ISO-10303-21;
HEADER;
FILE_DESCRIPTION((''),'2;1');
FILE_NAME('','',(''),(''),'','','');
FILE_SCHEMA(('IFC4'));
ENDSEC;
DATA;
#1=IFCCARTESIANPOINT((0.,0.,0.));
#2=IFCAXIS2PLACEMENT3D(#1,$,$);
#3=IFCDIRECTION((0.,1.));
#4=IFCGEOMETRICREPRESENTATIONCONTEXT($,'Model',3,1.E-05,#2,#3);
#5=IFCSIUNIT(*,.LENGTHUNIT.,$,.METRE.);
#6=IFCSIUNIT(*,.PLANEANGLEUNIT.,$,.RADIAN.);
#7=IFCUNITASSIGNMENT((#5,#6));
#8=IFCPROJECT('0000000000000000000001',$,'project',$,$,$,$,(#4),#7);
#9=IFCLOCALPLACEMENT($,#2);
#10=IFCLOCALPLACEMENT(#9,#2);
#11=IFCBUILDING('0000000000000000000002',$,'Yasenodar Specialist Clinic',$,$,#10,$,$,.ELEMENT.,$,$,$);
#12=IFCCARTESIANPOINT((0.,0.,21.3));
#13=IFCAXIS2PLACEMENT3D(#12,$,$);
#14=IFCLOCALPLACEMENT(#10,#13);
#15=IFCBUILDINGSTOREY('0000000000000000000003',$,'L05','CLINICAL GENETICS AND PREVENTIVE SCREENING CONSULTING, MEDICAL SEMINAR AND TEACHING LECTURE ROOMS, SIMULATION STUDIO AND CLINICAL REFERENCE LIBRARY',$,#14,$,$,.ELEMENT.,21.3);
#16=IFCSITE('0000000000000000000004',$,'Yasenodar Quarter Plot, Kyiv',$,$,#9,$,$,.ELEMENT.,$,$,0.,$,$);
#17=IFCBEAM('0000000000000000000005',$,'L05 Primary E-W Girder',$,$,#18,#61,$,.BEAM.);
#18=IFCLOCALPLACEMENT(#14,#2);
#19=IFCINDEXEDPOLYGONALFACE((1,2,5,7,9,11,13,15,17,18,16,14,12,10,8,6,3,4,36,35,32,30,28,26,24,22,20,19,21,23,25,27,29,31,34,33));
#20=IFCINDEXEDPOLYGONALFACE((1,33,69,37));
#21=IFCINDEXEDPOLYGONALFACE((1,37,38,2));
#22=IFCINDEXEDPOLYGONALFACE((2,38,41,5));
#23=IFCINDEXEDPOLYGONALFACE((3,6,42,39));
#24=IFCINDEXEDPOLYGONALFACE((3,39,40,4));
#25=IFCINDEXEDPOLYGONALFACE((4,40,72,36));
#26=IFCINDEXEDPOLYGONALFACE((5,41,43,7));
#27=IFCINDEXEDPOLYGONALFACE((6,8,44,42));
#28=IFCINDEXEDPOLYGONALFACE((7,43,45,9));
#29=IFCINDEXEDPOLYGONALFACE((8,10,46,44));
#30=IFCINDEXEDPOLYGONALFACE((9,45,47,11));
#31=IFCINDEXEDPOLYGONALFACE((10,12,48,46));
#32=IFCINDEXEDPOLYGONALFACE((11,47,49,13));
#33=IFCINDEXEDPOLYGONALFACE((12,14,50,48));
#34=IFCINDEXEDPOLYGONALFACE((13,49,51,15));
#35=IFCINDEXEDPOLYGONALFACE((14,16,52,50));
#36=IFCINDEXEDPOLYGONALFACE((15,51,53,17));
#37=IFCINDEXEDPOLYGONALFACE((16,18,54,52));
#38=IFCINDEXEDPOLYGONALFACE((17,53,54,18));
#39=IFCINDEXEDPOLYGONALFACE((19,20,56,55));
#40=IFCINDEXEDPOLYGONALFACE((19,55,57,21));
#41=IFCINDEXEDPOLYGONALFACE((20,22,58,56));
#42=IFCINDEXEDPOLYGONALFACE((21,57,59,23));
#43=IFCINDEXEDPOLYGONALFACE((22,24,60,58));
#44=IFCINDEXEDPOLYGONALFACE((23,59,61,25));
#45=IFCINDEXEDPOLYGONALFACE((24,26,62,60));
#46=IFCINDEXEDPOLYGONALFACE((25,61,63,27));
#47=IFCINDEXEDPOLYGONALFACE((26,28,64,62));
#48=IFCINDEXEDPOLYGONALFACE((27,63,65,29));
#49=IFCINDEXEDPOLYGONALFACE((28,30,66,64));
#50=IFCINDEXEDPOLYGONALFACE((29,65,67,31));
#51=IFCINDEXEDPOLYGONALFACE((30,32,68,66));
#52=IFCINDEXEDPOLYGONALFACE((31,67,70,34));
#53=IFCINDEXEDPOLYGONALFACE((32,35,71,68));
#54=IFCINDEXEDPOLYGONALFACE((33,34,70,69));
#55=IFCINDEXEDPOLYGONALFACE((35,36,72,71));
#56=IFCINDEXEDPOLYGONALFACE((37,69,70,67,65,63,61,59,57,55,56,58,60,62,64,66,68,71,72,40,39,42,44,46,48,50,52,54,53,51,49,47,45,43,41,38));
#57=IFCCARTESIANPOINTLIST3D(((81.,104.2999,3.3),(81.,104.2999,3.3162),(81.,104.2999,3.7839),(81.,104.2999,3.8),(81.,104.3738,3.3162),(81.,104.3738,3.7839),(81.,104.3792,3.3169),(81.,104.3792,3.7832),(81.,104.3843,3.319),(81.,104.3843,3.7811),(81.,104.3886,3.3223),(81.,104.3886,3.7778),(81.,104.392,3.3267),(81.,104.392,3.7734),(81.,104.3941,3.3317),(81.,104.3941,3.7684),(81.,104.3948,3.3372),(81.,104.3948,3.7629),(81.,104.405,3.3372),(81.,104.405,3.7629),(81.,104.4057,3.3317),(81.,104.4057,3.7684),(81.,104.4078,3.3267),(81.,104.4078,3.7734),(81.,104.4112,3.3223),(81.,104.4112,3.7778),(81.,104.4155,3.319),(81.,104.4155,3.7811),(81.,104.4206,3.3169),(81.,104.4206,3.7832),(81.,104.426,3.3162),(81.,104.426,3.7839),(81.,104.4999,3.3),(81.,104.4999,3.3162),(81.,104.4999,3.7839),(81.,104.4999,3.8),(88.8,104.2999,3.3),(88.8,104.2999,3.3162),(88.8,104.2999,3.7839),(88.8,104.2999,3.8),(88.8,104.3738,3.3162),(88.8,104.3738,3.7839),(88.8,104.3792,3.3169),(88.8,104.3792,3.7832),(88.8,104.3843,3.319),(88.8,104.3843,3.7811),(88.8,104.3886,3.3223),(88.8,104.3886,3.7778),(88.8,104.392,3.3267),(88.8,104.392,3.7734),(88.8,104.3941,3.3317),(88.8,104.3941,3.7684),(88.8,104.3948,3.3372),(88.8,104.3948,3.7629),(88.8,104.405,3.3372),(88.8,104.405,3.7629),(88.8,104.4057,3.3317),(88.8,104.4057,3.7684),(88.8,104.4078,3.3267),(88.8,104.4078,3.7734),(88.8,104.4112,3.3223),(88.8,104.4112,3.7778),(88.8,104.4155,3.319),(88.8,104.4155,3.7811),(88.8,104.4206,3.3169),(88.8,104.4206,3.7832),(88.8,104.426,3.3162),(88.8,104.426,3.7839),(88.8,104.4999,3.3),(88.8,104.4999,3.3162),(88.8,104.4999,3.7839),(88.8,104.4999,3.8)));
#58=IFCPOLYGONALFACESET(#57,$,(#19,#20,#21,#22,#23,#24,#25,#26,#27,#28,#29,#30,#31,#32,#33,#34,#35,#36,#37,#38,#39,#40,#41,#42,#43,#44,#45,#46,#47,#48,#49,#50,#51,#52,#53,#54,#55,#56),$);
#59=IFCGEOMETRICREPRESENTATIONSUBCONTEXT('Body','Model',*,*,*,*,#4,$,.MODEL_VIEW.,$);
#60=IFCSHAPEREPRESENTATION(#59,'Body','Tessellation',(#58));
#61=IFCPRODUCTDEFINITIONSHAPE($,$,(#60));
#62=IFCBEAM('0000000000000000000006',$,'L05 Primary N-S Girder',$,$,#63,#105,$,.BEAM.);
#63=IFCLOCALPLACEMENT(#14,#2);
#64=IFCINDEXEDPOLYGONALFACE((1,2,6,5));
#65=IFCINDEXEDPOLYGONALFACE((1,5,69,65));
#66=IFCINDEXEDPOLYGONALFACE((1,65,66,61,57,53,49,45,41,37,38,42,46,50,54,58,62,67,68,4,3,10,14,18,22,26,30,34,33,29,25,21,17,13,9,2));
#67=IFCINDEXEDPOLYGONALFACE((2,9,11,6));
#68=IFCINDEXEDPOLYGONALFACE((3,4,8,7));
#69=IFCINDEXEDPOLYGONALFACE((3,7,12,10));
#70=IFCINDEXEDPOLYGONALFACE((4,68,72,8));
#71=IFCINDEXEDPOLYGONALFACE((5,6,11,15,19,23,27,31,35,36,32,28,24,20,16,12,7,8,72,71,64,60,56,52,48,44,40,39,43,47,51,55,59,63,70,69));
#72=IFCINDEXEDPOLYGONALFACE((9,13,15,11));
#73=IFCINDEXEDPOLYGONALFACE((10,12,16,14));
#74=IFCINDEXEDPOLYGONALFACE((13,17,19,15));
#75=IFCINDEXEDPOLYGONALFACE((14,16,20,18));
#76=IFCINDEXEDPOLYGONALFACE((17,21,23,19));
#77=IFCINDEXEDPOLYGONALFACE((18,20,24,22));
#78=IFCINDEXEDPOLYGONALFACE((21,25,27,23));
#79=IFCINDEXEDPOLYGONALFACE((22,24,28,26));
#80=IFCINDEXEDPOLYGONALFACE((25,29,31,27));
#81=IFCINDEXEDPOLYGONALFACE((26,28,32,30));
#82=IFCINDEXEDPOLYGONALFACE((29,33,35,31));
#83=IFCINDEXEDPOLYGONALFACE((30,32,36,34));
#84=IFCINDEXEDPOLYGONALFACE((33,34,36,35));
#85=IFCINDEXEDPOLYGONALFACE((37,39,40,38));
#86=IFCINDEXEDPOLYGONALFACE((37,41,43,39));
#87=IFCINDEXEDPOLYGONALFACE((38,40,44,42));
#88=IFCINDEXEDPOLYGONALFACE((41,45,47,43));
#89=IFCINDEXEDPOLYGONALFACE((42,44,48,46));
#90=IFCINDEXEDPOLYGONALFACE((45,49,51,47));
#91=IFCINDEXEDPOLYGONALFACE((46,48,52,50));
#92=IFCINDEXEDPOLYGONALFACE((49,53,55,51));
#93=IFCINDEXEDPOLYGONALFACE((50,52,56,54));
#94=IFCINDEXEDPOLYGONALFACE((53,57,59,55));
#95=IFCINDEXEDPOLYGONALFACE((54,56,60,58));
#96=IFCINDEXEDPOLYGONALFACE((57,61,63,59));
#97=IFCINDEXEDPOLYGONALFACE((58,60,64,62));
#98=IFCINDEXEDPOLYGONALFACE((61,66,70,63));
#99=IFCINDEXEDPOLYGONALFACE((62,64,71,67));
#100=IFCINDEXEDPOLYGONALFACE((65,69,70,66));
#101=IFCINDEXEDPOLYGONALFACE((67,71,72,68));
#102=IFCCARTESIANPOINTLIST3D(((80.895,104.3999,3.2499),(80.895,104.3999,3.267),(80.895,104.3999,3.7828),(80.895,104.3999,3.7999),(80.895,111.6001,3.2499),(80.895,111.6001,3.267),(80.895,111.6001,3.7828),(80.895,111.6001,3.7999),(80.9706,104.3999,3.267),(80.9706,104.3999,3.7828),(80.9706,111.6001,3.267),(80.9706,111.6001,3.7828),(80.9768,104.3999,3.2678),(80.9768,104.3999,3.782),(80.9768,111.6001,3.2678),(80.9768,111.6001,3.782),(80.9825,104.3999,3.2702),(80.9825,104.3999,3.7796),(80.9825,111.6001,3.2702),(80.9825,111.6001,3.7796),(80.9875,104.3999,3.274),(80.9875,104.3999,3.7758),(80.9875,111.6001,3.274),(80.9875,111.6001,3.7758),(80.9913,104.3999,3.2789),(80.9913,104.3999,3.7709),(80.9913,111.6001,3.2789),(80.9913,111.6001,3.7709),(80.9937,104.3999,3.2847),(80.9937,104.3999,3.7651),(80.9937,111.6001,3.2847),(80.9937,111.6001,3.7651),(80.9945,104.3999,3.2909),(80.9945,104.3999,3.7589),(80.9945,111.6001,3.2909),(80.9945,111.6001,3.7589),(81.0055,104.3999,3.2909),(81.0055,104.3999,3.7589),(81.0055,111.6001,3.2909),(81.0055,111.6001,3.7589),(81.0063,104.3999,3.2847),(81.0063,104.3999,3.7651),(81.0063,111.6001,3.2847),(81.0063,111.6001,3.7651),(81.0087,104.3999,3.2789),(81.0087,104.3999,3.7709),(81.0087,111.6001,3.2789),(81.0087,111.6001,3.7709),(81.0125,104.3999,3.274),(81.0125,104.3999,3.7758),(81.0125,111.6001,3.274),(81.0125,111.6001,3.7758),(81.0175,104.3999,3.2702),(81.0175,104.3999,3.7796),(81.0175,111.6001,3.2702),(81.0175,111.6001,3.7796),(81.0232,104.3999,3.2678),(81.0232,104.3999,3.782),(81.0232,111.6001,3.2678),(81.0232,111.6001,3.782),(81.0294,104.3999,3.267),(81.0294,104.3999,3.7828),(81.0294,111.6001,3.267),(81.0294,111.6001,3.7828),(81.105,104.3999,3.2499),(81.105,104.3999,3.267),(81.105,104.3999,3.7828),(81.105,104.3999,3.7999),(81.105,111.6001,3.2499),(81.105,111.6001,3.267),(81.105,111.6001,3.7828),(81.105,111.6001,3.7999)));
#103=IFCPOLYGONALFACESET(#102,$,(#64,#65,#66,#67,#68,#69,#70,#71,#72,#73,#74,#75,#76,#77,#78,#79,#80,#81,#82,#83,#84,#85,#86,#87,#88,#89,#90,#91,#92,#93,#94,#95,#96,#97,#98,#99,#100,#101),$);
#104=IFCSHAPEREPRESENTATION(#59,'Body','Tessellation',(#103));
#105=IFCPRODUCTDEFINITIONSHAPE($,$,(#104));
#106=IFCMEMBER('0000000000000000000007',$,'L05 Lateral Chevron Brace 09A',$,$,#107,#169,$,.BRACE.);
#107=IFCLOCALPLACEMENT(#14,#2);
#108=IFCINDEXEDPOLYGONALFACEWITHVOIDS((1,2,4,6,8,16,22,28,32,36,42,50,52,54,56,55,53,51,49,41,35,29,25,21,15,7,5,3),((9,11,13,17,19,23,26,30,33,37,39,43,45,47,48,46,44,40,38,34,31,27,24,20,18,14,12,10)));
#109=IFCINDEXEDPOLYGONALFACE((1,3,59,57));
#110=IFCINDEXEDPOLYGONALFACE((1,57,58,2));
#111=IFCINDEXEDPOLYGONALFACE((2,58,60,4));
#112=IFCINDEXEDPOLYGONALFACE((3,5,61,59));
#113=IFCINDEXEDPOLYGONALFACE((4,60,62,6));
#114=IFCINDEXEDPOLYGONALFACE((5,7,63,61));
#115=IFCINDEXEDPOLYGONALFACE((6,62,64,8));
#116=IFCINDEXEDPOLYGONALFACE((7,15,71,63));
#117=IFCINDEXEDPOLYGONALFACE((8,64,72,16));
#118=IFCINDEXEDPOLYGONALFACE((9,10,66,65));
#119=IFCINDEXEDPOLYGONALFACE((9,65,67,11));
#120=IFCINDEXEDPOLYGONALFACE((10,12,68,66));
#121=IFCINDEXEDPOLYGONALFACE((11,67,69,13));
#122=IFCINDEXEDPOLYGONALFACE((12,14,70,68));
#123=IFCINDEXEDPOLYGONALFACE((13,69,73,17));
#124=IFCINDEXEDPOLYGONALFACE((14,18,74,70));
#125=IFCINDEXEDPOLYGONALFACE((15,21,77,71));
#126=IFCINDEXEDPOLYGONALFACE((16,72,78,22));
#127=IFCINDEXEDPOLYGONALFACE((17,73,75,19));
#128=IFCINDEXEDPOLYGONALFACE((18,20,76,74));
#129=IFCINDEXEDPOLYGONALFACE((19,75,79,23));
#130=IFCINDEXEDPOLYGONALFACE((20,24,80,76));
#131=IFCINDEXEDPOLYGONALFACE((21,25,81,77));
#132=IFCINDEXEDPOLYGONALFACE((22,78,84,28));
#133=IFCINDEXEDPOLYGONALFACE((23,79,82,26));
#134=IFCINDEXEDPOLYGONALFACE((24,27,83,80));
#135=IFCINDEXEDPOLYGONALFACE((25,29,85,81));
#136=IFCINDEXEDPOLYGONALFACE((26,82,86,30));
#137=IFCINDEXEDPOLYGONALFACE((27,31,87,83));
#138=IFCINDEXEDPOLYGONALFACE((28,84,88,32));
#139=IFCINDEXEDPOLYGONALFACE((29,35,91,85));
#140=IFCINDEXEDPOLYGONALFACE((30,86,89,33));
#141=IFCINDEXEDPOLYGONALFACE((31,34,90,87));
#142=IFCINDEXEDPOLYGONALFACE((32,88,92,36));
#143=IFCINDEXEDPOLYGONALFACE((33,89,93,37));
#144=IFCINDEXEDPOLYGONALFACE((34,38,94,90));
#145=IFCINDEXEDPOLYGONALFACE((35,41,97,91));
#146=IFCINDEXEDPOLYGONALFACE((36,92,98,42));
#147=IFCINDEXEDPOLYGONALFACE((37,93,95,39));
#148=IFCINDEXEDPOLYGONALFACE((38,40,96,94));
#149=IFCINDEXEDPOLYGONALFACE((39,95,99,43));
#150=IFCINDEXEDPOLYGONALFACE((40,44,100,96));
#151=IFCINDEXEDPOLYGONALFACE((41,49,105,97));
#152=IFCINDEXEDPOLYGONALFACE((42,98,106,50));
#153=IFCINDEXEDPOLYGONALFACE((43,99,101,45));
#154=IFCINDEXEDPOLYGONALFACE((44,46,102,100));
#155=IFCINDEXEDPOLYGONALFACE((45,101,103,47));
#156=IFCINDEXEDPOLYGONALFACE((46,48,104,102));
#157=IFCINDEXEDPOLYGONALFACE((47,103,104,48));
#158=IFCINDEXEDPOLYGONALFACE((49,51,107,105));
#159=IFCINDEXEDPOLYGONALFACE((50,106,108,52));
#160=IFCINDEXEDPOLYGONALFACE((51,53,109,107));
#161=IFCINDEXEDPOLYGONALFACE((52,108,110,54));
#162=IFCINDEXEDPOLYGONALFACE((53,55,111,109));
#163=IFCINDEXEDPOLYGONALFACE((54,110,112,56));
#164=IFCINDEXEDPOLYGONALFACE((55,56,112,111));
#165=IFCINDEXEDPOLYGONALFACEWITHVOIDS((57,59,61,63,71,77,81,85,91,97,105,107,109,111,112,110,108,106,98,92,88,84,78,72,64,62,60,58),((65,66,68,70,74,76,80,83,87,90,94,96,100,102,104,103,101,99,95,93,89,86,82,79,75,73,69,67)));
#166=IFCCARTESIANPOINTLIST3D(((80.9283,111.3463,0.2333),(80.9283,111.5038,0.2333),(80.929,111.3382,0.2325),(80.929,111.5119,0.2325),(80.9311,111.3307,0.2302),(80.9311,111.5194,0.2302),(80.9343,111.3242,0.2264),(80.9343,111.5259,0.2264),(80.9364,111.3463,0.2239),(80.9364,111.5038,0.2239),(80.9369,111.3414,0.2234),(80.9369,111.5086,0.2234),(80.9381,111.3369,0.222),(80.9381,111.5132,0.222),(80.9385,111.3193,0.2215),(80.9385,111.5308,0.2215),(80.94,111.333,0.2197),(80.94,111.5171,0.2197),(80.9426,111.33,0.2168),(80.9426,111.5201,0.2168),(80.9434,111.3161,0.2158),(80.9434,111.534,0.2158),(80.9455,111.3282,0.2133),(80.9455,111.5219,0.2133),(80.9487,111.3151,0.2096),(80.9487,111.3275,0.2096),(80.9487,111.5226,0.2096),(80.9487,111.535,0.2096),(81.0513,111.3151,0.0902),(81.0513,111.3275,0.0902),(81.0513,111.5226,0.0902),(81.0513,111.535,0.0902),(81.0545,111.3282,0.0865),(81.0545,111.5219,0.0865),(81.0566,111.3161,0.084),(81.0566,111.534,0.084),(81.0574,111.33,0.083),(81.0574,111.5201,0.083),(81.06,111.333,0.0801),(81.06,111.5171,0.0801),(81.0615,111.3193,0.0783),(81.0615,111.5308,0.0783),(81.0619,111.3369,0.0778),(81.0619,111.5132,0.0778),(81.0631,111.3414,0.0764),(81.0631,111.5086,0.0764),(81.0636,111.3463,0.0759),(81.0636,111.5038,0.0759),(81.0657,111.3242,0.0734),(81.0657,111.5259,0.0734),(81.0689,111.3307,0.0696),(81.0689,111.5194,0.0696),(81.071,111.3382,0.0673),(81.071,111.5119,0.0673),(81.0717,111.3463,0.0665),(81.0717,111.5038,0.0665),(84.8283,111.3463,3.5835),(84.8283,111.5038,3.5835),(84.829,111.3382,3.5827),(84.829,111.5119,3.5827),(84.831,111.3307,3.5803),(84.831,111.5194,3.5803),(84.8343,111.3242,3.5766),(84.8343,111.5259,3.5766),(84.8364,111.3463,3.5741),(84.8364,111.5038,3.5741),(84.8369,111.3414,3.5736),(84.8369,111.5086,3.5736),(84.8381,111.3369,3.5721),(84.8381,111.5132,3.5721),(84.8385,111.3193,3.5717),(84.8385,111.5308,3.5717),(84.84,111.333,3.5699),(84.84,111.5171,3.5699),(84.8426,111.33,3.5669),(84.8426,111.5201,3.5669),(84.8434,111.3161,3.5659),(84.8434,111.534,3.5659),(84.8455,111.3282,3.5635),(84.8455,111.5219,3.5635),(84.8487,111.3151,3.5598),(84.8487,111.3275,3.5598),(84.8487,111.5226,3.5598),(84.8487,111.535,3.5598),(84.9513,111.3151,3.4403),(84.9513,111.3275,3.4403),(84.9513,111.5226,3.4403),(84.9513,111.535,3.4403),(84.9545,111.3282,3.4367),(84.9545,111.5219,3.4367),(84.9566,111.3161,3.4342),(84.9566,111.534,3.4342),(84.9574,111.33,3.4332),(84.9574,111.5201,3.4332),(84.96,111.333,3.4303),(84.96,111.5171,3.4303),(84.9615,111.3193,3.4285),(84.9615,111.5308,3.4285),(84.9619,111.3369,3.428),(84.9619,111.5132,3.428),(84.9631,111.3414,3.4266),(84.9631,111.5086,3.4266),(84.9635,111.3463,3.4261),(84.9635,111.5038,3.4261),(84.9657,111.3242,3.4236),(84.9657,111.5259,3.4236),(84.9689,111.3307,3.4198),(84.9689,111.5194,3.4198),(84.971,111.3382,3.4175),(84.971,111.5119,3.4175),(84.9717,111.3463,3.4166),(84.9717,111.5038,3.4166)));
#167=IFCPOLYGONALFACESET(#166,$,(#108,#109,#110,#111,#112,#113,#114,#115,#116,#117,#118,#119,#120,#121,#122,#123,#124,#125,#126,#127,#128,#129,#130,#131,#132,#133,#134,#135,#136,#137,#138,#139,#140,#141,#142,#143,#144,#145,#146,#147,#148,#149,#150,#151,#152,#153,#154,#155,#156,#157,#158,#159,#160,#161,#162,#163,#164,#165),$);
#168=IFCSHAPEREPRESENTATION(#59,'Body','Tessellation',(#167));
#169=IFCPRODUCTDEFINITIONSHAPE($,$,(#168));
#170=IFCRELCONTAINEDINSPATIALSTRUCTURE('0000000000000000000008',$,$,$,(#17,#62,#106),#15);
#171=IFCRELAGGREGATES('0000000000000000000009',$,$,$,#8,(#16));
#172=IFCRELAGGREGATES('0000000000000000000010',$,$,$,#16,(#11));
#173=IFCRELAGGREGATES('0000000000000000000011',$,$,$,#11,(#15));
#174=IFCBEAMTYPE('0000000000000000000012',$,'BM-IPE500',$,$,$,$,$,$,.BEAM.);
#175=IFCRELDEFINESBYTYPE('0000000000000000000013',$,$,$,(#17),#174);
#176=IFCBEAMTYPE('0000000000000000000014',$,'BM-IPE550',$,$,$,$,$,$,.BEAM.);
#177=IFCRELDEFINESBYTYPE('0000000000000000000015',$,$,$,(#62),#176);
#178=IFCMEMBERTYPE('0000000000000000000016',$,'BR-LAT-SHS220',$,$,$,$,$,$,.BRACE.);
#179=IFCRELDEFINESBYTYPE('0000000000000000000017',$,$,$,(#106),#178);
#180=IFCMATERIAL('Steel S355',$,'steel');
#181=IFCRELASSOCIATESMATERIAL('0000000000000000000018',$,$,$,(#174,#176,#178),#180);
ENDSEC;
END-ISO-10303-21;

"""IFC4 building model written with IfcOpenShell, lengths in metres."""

from ifc_helpers import new_model, si_unit, direction, frame, origin, origin_2d, place, context, subcontext, project, spatial, hollow_rectangle, i_section, extrude, material, material_profile, profile_set, type_object, element, save


model = new_model("IFC4")

# Units and contexts
model_context = context("Model", 3, precision=1e-05, world=origin(), true_north=direction((0.0, 1.0)))
body_context = subcontext(model_context, "Body", "Model", "MODEL_VIEW")
ifc_project = project(units=[si_unit("LENGTHUNIT", "METRE"), si_unit("PLANEANGLEUNIT", "RADIAN")], contexts=[model_context])

# Site, building, storey
site_placement = place(None, origin())
site = spatial("IfcSite", under=ifc_project, at=site_placement, Name="Yasenodar Quarter Plot, Kyiv", CompositionType="ELEMENT", RefElevation=0.0)
building_placement = place(site_placement, origin())
building = spatial("IfcBuilding", under=site, at=building_placement, Name="Yasenodar Specialist Clinic", CompositionType="ELEMENT")
storey_placement = place(building_placement, frame((0.0, 0.0, 21.3)))
storey = spatial("IfcBuildingStorey", under=building, at=storey_placement, Name="L05", Description="CLINICAL GENETICS AND PREVENTIVE SCREENING CONSULTING, MEDICAL SEMINAR AND TEACHING LECTURE ROOMS, SIMULATION STUDIO AND CLINICAL REFERENCE LIBRARY", CompositionType="ELEMENT", Elevation=21.3)

# Shared definitions
ifc_material_1 = material(Name="Steel S355", Category="steel")

# Beams
ifc_material_profile_1 = material_profile(ifc_material_1, i_section(OverallWidth=0.2, OverallDepth=0.5, WebThickness=0.0103, FlangeThickness=0.0161, FilletRadius=0.021, at=origin_2d()), Name="IPE 500")
ifc_profile_set_1 = profile_set([ifc_material_profile_1], Name="Steel S355")
beam_type_1 = type_object("IfcBeamType", Name="BM-IPE500", PredefinedType="BEAM", material=ifc_profile_set_1)
beam_1_placement = place(storey_placement, frame((81.0, 104.3999, 3.55), z_axis=(1.0, 0.0, 0.0), x_axis=(0.0, 1.0, 0.0)))
element("IfcBeam", 1, at=beam_1_placement, inside=storey, type_object=beam_type_1, Name="L05 Primary E-W Girder", PredefinedType="BEAM", context=body_context, shape_type="SweptSolid", body=[
    extrude(i_section(OverallWidth=0.2, OverallDepth=0.5, WebThickness=0.0103, FlangeThickness=0.0161, FilletRadius=0.021, at=origin_2d()), origin(), (0.0, 0.0, 1.0), 7.8),
])
ifc_material_profile_2 = material_profile(ifc_material_1, i_section(OverallWidth=0.21, OverallDepth=0.55, WebThickness=0.011, FlangeThickness=0.0171, FilletRadius=0.0239, at=origin_2d()), Name="IPE 550")
ifc_profile_set_2 = profile_set([ifc_material_profile_2], Name="Steel S355")
beam_type_2 = type_object("IfcBeamType", Name="BM-IPE550", PredefinedType="BEAM", material=ifc_profile_set_2)
beam_2_placement = place(storey_placement, frame((81.0, 104.3999, 3.5249), z_axis=(0.0, 1.0, 0.0), x_axis=(-1.0, 0.0, 0.0)))
element("IfcBeam", 2, at=beam_2_placement, inside=storey, type_object=beam_type_2, Name="L05 Primary N-S Girder", PredefinedType="BEAM", context=body_context, shape_type="SweptSolid", body=[
    extrude(i_section(OverallWidth=0.21, OverallDepth=0.55, WebThickness=0.011, FlangeThickness=0.0171, FilletRadius=0.0239, at=origin_2d()), origin(), (0.0, 0.0, 1.0), 7.2002),
])

# Member
ifc_material_profile_3 = material_profile(ifc_material_1, hollow_rectangle(XDim=0.22, YDim=0.22, WallThickness=0.0125, InnerFilletRadius=0.0188, OuterFilletRadius=0.0312, at=origin_2d()), Name="SHS 220x220x12.5")
ifc_profile_set_3 = profile_set([ifc_material_profile_3], Name="Steel S355")
member_type = type_object("IfcMemberType", Name="BR-LAT-SHS220", PredefinedType="BRACE", material=ifc_profile_set_3)
member_placement = place(storey_placement, frame((81.0, 111.425, 0.1499), z_axis=(0.758552, 0.0, 0.651612), x_axis=(0.0, 1.0, 0.0)))
element("IfcMember", 3, at=member_placement, inside=storey, type_object=member_type, Name="L05 Lateral Chevron Brace 09A", PredefinedType="BRACE", context=body_context, shape_type="SweptSolid", body=[
    extrude(hollow_rectangle(XDim=0.22, YDim=0.22, WallThickness=0.0125, InnerFilletRadius=0.0188, OuterFilletRadius=0.0312, at=origin_2d()), origin(), (0.0, 0.0, 1.0), 5.1414),
])

save(model, "model.ifc")
